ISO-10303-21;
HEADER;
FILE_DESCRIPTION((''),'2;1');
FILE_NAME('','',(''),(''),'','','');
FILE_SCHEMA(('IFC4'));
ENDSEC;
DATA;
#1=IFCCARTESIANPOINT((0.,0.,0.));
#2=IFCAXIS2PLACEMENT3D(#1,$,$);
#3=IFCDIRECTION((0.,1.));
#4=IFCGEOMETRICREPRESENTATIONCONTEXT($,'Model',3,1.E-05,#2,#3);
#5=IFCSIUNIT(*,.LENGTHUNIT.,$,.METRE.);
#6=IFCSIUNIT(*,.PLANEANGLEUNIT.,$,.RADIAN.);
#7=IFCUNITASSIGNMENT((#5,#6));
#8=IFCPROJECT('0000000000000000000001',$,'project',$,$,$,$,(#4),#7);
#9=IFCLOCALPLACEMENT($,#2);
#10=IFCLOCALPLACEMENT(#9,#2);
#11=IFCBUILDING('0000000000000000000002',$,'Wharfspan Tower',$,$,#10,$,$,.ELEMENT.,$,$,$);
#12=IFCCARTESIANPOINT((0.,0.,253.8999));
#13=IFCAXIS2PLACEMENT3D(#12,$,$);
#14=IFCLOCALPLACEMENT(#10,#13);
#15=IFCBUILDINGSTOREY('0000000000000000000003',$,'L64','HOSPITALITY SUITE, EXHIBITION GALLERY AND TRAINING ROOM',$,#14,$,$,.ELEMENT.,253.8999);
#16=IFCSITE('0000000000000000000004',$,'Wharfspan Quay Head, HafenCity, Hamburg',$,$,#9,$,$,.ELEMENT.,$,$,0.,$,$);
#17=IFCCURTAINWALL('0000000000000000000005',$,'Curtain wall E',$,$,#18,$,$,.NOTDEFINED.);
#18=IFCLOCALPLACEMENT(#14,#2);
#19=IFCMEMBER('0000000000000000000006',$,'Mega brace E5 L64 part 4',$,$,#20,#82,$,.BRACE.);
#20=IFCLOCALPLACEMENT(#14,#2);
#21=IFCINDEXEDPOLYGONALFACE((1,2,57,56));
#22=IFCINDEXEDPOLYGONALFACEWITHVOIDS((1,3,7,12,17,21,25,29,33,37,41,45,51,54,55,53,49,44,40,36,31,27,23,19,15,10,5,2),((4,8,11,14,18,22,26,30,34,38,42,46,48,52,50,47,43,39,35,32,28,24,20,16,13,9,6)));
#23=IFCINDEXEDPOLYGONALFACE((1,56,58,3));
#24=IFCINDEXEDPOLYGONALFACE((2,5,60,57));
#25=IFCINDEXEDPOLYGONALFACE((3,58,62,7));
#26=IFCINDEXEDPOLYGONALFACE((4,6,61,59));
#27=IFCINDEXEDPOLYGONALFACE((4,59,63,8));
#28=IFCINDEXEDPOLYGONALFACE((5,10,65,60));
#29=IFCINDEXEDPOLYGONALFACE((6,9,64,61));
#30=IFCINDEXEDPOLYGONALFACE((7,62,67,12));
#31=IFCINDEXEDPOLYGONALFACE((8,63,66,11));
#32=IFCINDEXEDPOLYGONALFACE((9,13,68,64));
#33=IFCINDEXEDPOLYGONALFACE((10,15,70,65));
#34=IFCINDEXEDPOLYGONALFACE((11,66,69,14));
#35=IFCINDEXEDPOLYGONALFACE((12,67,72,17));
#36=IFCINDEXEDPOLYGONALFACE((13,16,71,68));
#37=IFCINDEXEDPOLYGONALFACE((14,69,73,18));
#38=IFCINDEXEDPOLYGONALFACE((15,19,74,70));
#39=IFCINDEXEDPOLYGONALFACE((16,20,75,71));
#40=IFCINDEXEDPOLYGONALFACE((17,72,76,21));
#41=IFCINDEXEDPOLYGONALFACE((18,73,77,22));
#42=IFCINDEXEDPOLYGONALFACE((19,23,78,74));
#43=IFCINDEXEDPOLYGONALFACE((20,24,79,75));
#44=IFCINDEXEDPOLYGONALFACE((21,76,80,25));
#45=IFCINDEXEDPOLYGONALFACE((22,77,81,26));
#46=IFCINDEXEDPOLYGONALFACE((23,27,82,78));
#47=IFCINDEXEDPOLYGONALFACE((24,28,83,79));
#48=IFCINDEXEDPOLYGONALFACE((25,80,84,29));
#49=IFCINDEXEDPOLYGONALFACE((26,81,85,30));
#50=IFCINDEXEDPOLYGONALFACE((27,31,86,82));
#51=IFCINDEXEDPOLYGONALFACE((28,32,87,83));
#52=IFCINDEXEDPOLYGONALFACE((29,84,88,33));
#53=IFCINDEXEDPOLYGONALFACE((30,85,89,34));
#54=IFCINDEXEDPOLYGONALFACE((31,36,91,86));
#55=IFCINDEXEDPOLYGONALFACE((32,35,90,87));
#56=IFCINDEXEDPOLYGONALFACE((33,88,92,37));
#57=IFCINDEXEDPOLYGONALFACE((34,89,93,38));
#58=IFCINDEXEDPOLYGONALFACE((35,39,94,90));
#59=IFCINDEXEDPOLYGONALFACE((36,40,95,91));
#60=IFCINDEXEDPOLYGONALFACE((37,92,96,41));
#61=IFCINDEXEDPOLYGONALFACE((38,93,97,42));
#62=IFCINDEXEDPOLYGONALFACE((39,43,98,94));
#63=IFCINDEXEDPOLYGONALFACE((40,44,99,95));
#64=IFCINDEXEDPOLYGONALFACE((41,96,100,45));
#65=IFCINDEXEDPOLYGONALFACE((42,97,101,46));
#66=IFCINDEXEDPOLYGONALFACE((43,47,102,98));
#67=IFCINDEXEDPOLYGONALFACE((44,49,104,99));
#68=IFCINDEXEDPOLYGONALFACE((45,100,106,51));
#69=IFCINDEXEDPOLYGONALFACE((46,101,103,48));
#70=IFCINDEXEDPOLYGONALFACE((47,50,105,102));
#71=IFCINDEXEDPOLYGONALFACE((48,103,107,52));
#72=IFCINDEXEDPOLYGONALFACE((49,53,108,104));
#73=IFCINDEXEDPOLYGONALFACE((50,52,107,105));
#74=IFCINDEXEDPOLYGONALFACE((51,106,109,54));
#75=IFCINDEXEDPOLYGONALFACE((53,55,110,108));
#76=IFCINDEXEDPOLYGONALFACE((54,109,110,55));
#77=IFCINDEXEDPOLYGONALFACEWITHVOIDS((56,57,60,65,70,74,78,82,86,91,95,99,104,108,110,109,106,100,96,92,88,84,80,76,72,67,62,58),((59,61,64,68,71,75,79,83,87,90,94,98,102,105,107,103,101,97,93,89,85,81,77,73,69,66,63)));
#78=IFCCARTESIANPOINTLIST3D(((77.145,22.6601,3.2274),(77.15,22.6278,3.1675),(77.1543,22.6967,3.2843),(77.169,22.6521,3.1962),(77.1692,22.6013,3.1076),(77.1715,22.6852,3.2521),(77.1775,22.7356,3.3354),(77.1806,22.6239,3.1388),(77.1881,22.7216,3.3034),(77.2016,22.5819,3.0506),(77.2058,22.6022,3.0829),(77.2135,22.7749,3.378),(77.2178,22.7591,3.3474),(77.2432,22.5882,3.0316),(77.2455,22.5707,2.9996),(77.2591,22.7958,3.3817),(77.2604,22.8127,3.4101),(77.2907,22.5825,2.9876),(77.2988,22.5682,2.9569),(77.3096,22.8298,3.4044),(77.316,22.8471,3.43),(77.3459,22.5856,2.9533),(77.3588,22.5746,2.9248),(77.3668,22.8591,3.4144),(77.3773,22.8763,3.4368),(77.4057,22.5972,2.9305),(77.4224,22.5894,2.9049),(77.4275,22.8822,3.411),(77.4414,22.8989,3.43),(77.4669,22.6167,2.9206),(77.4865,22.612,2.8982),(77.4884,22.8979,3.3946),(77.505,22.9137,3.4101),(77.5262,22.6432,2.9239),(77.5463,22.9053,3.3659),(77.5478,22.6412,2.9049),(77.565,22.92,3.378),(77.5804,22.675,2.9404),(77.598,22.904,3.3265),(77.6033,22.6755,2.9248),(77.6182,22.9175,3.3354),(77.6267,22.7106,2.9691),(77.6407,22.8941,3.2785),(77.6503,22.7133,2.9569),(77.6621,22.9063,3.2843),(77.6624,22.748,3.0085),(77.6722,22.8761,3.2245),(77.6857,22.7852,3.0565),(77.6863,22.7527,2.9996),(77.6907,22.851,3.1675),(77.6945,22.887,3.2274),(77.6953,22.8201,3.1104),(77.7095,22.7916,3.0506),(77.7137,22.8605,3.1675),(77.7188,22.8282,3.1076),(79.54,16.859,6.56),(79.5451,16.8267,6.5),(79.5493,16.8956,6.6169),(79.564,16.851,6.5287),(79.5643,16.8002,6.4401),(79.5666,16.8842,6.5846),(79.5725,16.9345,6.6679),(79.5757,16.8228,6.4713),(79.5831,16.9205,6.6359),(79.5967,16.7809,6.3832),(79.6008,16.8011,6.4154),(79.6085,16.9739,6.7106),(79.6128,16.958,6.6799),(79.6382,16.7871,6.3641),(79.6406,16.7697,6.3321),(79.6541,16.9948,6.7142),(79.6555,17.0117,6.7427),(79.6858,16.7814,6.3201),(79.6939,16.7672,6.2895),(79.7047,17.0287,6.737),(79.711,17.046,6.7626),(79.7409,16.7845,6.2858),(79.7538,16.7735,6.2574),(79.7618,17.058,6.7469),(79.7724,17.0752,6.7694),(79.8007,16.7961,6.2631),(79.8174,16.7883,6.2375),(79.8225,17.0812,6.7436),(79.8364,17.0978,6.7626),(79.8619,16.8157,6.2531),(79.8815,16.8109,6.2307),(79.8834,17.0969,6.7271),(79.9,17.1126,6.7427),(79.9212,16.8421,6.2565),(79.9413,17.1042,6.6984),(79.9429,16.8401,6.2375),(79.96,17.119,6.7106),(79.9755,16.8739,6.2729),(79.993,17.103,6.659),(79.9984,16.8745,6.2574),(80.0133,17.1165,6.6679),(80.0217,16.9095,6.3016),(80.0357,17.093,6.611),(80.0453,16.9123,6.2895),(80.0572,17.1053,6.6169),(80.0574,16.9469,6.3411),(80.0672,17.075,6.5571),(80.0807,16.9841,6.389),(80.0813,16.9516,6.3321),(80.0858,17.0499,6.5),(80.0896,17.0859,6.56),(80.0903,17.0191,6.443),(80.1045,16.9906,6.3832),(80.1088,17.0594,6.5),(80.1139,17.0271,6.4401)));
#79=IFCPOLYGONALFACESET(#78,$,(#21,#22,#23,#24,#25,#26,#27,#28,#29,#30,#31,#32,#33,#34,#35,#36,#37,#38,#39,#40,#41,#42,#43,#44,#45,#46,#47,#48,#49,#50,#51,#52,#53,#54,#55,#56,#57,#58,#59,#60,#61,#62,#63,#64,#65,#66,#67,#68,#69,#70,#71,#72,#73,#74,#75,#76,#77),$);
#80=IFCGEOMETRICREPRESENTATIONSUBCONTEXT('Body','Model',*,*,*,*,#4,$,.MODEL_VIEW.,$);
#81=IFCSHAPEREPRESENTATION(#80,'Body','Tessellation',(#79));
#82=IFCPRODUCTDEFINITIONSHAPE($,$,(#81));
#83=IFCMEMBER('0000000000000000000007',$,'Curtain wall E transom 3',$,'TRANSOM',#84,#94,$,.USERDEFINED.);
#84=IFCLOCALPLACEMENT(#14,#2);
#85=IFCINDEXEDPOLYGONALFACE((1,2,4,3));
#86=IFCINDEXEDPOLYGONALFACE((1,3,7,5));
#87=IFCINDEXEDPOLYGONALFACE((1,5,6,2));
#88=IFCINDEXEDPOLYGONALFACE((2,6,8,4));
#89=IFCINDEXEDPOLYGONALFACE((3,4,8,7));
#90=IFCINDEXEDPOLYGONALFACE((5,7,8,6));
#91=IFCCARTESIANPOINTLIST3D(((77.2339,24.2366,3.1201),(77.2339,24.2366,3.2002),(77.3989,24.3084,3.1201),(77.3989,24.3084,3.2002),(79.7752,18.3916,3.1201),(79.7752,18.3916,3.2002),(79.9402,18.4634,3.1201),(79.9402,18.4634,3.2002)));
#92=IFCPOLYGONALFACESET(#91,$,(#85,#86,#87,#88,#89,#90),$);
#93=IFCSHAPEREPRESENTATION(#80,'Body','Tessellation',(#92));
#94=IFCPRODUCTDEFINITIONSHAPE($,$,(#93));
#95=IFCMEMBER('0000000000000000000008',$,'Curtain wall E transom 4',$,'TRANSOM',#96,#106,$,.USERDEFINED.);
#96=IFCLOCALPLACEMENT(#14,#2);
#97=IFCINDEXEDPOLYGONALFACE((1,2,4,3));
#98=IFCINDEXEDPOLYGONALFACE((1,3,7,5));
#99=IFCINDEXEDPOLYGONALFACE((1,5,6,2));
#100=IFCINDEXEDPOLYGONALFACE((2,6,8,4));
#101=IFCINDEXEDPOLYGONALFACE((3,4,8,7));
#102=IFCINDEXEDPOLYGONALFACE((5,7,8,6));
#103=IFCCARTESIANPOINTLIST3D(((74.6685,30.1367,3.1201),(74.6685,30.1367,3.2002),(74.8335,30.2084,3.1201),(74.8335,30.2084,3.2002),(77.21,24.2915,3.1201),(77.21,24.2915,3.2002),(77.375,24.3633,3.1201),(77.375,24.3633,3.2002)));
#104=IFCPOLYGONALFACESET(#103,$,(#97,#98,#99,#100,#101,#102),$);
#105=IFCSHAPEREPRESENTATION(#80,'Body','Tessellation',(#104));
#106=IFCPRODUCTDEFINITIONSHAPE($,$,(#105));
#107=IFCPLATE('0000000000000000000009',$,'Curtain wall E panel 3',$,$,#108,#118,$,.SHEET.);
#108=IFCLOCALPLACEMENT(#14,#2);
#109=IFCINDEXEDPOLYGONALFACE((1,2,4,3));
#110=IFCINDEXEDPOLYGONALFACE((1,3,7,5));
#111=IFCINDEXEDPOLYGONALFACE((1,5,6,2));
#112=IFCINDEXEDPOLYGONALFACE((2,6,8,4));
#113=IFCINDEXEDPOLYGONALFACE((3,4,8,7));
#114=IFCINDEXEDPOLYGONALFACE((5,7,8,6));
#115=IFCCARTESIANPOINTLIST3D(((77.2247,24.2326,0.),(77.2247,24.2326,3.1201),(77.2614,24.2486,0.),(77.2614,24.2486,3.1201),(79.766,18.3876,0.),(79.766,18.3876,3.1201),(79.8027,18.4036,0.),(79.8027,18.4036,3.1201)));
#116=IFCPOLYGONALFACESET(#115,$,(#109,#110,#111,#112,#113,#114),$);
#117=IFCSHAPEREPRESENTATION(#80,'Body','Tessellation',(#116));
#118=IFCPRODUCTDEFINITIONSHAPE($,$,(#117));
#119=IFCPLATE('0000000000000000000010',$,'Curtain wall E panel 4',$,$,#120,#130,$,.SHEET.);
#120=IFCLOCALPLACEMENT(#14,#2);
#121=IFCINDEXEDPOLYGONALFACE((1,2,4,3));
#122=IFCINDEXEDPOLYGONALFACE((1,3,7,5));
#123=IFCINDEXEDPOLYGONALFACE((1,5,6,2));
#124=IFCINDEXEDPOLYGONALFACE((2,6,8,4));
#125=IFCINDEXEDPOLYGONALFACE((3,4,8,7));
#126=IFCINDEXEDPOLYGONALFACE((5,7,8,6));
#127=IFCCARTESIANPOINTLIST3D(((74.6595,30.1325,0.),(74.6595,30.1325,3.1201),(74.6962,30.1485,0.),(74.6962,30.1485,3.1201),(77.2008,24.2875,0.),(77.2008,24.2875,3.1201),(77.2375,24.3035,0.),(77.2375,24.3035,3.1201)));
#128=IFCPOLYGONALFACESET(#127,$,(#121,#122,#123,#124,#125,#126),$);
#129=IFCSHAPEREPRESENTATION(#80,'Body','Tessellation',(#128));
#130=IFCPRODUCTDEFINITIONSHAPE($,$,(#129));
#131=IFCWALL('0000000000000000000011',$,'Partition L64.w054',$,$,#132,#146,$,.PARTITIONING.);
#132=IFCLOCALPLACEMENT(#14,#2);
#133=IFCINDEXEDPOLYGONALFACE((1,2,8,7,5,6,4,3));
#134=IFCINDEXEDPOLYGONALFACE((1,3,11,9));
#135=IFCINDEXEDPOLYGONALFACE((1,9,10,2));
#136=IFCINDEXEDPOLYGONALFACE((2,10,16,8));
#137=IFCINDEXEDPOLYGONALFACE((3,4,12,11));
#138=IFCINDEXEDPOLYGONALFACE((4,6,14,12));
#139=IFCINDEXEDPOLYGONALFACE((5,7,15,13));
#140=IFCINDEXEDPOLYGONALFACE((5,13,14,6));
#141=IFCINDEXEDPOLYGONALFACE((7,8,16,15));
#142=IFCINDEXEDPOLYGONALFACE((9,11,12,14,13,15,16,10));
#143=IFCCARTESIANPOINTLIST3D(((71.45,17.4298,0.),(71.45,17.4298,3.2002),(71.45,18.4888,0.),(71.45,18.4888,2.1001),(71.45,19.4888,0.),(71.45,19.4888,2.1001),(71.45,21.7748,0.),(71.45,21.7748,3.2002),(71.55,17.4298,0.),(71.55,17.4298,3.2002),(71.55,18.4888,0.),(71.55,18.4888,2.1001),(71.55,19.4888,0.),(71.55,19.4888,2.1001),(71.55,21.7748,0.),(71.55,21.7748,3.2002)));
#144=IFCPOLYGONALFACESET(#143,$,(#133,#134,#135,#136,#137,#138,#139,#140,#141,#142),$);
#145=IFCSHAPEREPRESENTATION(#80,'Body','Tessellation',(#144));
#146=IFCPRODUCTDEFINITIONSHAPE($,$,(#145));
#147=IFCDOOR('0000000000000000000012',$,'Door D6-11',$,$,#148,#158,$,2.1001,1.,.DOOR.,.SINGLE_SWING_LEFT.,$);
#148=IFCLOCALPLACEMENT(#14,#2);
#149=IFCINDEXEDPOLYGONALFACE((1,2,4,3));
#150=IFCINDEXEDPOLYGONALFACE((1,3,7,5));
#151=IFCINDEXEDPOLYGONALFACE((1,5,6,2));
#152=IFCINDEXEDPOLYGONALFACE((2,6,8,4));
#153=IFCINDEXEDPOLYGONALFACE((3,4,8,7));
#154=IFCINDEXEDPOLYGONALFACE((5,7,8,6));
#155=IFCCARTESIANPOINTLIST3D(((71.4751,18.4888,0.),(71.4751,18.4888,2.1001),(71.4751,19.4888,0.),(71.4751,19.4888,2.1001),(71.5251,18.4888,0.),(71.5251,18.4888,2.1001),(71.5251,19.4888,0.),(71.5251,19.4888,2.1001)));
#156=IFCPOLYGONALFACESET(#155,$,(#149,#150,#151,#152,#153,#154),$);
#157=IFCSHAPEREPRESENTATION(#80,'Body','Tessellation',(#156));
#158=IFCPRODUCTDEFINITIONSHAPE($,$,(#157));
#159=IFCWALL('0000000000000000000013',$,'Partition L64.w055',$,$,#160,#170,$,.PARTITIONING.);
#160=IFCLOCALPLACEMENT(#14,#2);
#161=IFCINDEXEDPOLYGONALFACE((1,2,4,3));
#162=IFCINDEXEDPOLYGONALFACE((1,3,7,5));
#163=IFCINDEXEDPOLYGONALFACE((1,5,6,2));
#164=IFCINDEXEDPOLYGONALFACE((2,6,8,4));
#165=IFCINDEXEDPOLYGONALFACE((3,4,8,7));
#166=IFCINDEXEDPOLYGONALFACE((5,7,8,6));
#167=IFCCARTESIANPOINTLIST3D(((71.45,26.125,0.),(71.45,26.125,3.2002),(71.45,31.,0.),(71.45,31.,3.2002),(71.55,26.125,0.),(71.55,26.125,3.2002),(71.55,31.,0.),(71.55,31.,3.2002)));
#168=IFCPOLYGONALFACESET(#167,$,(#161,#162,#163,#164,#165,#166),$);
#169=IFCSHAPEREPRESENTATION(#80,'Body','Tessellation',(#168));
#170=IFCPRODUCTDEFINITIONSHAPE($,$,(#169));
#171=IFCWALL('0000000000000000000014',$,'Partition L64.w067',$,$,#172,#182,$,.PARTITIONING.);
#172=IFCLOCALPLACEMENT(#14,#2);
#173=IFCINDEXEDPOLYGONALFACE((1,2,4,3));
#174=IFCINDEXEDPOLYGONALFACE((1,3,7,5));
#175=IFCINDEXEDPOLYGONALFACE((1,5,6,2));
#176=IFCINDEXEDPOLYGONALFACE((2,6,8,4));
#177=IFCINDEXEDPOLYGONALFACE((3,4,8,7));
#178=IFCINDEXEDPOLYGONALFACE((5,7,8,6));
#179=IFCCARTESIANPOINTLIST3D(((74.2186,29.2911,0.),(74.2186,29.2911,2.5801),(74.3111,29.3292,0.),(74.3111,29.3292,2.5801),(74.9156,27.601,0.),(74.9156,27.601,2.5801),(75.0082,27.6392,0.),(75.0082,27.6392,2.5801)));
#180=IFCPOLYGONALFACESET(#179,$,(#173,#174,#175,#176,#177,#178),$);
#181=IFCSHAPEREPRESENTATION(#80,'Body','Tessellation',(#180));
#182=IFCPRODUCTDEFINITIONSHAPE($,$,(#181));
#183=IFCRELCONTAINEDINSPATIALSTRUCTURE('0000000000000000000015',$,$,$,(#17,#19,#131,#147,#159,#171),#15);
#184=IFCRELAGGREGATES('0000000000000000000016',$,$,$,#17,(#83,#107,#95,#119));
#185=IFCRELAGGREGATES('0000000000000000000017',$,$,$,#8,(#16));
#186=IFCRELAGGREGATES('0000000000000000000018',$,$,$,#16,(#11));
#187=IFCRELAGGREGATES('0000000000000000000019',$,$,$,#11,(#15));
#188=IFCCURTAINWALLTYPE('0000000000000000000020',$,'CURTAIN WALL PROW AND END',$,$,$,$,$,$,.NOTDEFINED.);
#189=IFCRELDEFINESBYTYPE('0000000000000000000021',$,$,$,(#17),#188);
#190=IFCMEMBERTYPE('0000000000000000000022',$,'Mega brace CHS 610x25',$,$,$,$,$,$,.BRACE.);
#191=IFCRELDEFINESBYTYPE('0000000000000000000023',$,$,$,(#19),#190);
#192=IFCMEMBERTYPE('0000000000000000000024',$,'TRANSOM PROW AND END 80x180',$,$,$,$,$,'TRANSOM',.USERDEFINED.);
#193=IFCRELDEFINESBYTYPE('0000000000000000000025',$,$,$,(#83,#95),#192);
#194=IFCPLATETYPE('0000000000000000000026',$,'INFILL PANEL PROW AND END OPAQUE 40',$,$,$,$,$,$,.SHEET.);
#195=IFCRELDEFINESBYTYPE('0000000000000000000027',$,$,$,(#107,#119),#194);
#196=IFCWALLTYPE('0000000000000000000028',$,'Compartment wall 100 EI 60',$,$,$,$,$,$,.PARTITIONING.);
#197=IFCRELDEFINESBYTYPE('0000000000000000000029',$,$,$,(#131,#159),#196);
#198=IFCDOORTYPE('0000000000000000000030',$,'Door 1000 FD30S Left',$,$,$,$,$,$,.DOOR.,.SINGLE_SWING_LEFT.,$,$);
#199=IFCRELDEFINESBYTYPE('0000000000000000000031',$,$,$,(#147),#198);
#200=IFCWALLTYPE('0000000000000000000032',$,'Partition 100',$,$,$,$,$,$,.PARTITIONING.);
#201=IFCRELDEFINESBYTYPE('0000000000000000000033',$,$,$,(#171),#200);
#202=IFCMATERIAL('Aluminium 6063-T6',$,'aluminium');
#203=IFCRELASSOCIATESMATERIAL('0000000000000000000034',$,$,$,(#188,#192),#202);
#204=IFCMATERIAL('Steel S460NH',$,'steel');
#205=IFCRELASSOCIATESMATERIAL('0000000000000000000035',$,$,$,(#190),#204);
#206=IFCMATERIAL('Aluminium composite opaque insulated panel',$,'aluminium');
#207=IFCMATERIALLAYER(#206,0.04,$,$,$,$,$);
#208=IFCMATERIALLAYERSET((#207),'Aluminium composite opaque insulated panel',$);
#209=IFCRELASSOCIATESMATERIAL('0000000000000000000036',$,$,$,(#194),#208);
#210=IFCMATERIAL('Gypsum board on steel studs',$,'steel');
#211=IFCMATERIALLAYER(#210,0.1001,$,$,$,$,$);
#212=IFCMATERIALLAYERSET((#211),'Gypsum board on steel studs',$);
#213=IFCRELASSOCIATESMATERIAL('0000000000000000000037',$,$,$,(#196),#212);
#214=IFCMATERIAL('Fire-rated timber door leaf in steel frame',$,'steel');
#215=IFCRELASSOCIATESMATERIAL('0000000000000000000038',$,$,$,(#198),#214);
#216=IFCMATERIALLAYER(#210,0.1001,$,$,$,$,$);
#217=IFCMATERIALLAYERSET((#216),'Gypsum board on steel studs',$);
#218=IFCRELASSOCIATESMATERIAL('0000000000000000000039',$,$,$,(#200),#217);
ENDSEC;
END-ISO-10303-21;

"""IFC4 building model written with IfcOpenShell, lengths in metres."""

from ifc_helpers import new_model, si_unit, direction, frame, frame_2d, origin, origin_2d, place, context, subcontext, project, spatial, rectangle, hollow_circle, extrude, material, layer, layer_set, material_profile, profile_set, type_object, element, fill, aggregate, save


model = new_model("IFC4")

# Units and contexts
model_context = context("Model", 3, precision=1e-05, world=origin(), true_north=direction((0.0, 1.0)))
body_context = subcontext(model_context, "Body", "Model", "MODEL_VIEW")
ifc_project = project(units=[si_unit("LENGTHUNIT", "METRE"), si_unit("PLANEANGLEUNIT", "RADIAN")], contexts=[model_context])

# Site, building, storey
site_placement = place(None, origin())
site = spatial("IfcSite", under=ifc_project, at=site_placement, Name="Wharfspan Quay Head, HafenCity, Hamburg", CompositionType="ELEMENT", RefElevation=0.0)
building_placement = place(site_placement, origin())
building = spatial("IfcBuilding", under=site, at=building_placement, Name="Wharfspan Tower", CompositionType="ELEMENT")
storey_placement = place(building_placement, frame((0.0, 0.0, 253.8999)))
storey = spatial("IfcBuildingStorey", under=building, at=storey_placement, Name="L64", Description="HOSPITALITY SUITE, EXHIBITION GALLERY AND TRAINING ROOM", CompositionType="ELEMENT", Elevation=253.8999)

# Shared definitions
ifc_material_1 = material(Name="Steel S460NH", Category="steel")

# Curtain wall
ifc_material_2 = material(Name="Aluminium 6063-T6", Category="aluminium")
curtain_wall_type = type_object("IfcCurtainWallType", Name="CURTAIN WALL PROW AND END", PredefinedType="NOTDEFINED", material=ifc_material_2)
curtain_wall_placement = place(storey_placement, origin())
curtain_wall = element("IfcCurtainWall", 1, at=curtain_wall_placement, inside=storey, type_object=curtain_wall_type, Name="Curtain wall E", PredefinedType="NOTDEFINED")

# Member
ifc_material_profile_1 = material_profile(ifc_material_1, hollow_circle(Radius=0.3049, WallThickness=0.0249, at=origin_2d()))
ifc_profile_set_1 = profile_set([ifc_material_profile_1], Name="Steel S460NH")
member_type_1 = type_object("IfcMemberType", Name="Mega brace CHS 610x25", PredefinedType="BRACE", material=ifc_profile_set_1)
member_1_placement = place(storey_placement, frame((77.4319, 22.7441, 3.1675), z_axis=(0.337047, -0.816368, 0.46898), x_axis=(0.924317, 0.381615, 0.0)))
element("IfcMember", 2, at=member_1_placement, inside=storey, type_object=member_type_1, Name="Mega brace E5 L64 part 4", PredefinedType="BRACE", context=body_context, shape_type="SweptSolid", body=[
    extrude(hollow_circle(Radius=0.3049, WallThickness=0.0249, at=origin_2d()), origin(), (0.0, 0.0, 1.0), 7.106),
])

# Members
ifc_material_profile_2 = material_profile(ifc_material_2, rectangle(XDim=0.1799, YDim=0.0801, at=origin_2d()))
ifc_profile_set_2 = profile_set([ifc_material_profile_2], Name="Aluminium 6063-T6")
member_type_2 = type_object("IfcMemberType", Name="TRANSOM PROW AND END 80x180", ElementType="TRANSOM", PredefinedType="USERDEFINED", material=ifc_profile_set_2)
member_2_placement = place(storey_placement, frame((79.8577, 18.4275, 3.1602), z_axis=(-0.398722, 0.917072, 0.0), x_axis=(-0.917072, -0.398722, 0.0)))
member_2 = element("IfcMember", 3, at=member_2_placement, type_object=member_type_2, Name="Curtain wall E transom 3", ObjectType="TRANSOM", PredefinedType="USERDEFINED", context=body_context, shape_type="SweptSolid", body=[
    extrude(rectangle(XDim=0.1799, YDim=0.0801, at=origin_2d()), origin(), (0.0, 0.0, 1.0), 6.3735),
])
member_3_placement = place(storey_placement, frame((77.2925, 24.3274, 3.1602), z_axis=(-0.39874, 0.917064, 0.0), x_axis=(-0.917064, -0.39874, 0.0)))
member_3 = element("IfcMember", 4, at=member_3_placement, type_object=member_type_2, Name="Curtain wall E transom 4", ObjectType="TRANSOM", PredefinedType="USERDEFINED", context=body_context, shape_type="SweptSolid", body=[
    extrude(rectangle(XDim=0.1799, YDim=0.0801, at=origin_2d()), origin(), (0.0, 0.0, 1.0), 6.3738),
])

# Plates
ifc_material_3 = material(Name="Aluminium composite opaque insulated panel", Category="aluminium")
ifc_layer_1 = layer(ifc_material_3, 0.04)
ifc_layer_set_1 = layer_set([ifc_layer_1], Name="Aluminium composite opaque insulated panel")
plate_type = type_object("IfcPlateType", Name="INFILL PANEL PROW AND END OPAQUE 40", PredefinedType="SHEET", material=ifc_layer_set_1)
plate_1_placement = place(storey_placement, frame((78.5137, 21.3181, 0.0), z_axis=(0.0, 0.0, 1.0), x_axis=(-0.398727, 0.917072, 0.0)))
plate_1 = element("IfcPlate", 5, at=plate_1_placement, type_object=plate_type, Name="Curtain wall E panel 3", PredefinedType="SHEET", context=body_context, shape_type="SweptSolid", body=[
    extrude(rectangle(XDim=6.3735, YDim=0.04, at=origin_2d()), origin(), (0.0, 0.0, 1.0), 3.1201),
])
plate_2_placement = place(storey_placement, frame((75.9485, 27.218, 0.0), z_axis=(0.0, 0.0, 1.0), x_axis=(-0.398727, 0.917072, 0.0)))
plate_2 = element("IfcPlate", 6, at=plate_2_placement, type_object=plate_type, Name="Curtain wall E panel 4", PredefinedType="SHEET", context=body_context, shape_type="SweptSolid", body=[
    extrude(rectangle(XDim=6.3735, YDim=0.04, at=origin_2d()), origin(), (0.0, 0.0, 1.0), 3.1201),
])
aggregate(curtain_wall, [member_2, plate_1, member_3, plate_2])

# Wall, opening, door
ifc_material_4 = material(Name="Gypsum board on steel studs", Category="steel")
ifc_layer_2 = layer(ifc_material_4, 0.1001)
ifc_layer_set_2 = layer_set([ifc_layer_2], Name="Gypsum board on steel studs")
wall_type_1 = type_object("IfcWallType", Name="Compartment wall 100 EI 60", PredefinedType="PARTITIONING", material=ifc_layer_set_2)
wall_1_placement = place(storey_placement, frame((71.5, 17.4299, 0.0), z_axis=(0.0, 0.0, 1.0), x_axis=(0.0, 1.0, 0.0)))
wall_1 = element("IfcWall", 7, at=wall_1_placement, inside=storey, type_object=wall_type_1, Name="Partition L64.w054", PredefinedType="PARTITIONING", context=body_context, shape_type="SweptSolid", body=[
    extrude(rectangle(XDim=4.345, YDim=0.1001, at=frame_2d((2.1724, 0.0))), origin(), (0.0, 0.0, 1.0), 3.2002),
])
opening_placement = place(wall_1_placement, frame((1.0588, 0.0, 0.0)))
opening = element("IfcOpeningElement", 8, at=opening_placement, cuts=wall_1, PredefinedType="OPENING", context=body_context, shape_type="SweptSolid", body=[
    extrude(rectangle(XDim=1.0, YDim=2.1001, at=frame_2d((0.5, 1.05))), frame((0.0, 0.0601, 0.0), z_axis=(0.0, -1.0, 0.0), x_axis=(1.0, 0.0, 0.0)), (0.0, 0.0, 1.0), 0.1201),
])
ifc_material_5 = material(Name="Fire-rated timber door leaf in steel frame", Category="steel")
door_type = type_object("IfcDoorType", Name="Door 1000 FD30S Left", OperationType="SINGLE_SWING_LEFT", PredefinedType="DOOR", material=ifc_material_5)
door_placement = place(opening_placement, origin())
door = element("IfcDoor", 9, at=door_placement, inside=storey, type_object=door_type, Name="Door D6-11", OperationType="SINGLE_SWING_LEFT", OverallHeight=2.1001, OverallWidth=1.0, PredefinedType="DOOR", context=body_context, shape_type="SweptSolid", body=[
    extrude(rectangle(XDim=1.0, YDim=2.1001, at=frame_2d((0.5, 1.05))), frame((0.0, 0.0249, 0.0), z_axis=(0.0, -1.0, 0.0), x_axis=(1.0, 0.0, 0.0)), (0.0, 0.0, 1.0), 0.05),
])
fill(opening, door)

# Walls
wall_2_placement = place(storey_placement, frame((71.5, 26.125, 0.0), z_axis=(0.0, 0.0, 1.0), x_axis=(0.0, 1.0, 0.0)))
element("IfcWall", 10, at=wall_2_placement, inside=storey, type_object=wall_type_1, Name="Partition L64.w055", PredefinedType="PARTITIONING", context=body_context, shape_type="SweptSolid", body=[
    extrude(rectangle(XDim=4.875, YDim=0.1001, at=frame_2d((2.4375, 0.0))), origin(), (0.0, 0.0, 1.0), 3.2002),
])
ifc_layer_3 = layer(ifc_material_4, 0.1001)
ifc_layer_set_3 = layer_set([ifc_layer_3], Name="Gypsum board on steel studs")
wall_type_2 = type_object("IfcWallType", Name="Partition 100", PredefinedType="PARTITIONING", material=ifc_layer_set_3)
wall_3_placement = place(storey_placement, frame((74.9619, 27.6201, 0.0), z_axis=(0.0, 0.0, 1.0), x_axis=(-0.381293, 0.924452, 0.0)))
element("IfcWall", 11, at=wall_3_placement, inside=storey, type_object=wall_type_2, Name="Partition L64.w067", PredefinedType="PARTITIONING", context=body_context, shape_type="SweptSolid", body=[
    extrude(rectangle(XDim=1.8281, YDim=0.1001, at=frame_2d((0.9141, 0.0))), origin(), (0.0, 0.0, 1.0), 2.5801),
])

save(model, "model.ifc")
